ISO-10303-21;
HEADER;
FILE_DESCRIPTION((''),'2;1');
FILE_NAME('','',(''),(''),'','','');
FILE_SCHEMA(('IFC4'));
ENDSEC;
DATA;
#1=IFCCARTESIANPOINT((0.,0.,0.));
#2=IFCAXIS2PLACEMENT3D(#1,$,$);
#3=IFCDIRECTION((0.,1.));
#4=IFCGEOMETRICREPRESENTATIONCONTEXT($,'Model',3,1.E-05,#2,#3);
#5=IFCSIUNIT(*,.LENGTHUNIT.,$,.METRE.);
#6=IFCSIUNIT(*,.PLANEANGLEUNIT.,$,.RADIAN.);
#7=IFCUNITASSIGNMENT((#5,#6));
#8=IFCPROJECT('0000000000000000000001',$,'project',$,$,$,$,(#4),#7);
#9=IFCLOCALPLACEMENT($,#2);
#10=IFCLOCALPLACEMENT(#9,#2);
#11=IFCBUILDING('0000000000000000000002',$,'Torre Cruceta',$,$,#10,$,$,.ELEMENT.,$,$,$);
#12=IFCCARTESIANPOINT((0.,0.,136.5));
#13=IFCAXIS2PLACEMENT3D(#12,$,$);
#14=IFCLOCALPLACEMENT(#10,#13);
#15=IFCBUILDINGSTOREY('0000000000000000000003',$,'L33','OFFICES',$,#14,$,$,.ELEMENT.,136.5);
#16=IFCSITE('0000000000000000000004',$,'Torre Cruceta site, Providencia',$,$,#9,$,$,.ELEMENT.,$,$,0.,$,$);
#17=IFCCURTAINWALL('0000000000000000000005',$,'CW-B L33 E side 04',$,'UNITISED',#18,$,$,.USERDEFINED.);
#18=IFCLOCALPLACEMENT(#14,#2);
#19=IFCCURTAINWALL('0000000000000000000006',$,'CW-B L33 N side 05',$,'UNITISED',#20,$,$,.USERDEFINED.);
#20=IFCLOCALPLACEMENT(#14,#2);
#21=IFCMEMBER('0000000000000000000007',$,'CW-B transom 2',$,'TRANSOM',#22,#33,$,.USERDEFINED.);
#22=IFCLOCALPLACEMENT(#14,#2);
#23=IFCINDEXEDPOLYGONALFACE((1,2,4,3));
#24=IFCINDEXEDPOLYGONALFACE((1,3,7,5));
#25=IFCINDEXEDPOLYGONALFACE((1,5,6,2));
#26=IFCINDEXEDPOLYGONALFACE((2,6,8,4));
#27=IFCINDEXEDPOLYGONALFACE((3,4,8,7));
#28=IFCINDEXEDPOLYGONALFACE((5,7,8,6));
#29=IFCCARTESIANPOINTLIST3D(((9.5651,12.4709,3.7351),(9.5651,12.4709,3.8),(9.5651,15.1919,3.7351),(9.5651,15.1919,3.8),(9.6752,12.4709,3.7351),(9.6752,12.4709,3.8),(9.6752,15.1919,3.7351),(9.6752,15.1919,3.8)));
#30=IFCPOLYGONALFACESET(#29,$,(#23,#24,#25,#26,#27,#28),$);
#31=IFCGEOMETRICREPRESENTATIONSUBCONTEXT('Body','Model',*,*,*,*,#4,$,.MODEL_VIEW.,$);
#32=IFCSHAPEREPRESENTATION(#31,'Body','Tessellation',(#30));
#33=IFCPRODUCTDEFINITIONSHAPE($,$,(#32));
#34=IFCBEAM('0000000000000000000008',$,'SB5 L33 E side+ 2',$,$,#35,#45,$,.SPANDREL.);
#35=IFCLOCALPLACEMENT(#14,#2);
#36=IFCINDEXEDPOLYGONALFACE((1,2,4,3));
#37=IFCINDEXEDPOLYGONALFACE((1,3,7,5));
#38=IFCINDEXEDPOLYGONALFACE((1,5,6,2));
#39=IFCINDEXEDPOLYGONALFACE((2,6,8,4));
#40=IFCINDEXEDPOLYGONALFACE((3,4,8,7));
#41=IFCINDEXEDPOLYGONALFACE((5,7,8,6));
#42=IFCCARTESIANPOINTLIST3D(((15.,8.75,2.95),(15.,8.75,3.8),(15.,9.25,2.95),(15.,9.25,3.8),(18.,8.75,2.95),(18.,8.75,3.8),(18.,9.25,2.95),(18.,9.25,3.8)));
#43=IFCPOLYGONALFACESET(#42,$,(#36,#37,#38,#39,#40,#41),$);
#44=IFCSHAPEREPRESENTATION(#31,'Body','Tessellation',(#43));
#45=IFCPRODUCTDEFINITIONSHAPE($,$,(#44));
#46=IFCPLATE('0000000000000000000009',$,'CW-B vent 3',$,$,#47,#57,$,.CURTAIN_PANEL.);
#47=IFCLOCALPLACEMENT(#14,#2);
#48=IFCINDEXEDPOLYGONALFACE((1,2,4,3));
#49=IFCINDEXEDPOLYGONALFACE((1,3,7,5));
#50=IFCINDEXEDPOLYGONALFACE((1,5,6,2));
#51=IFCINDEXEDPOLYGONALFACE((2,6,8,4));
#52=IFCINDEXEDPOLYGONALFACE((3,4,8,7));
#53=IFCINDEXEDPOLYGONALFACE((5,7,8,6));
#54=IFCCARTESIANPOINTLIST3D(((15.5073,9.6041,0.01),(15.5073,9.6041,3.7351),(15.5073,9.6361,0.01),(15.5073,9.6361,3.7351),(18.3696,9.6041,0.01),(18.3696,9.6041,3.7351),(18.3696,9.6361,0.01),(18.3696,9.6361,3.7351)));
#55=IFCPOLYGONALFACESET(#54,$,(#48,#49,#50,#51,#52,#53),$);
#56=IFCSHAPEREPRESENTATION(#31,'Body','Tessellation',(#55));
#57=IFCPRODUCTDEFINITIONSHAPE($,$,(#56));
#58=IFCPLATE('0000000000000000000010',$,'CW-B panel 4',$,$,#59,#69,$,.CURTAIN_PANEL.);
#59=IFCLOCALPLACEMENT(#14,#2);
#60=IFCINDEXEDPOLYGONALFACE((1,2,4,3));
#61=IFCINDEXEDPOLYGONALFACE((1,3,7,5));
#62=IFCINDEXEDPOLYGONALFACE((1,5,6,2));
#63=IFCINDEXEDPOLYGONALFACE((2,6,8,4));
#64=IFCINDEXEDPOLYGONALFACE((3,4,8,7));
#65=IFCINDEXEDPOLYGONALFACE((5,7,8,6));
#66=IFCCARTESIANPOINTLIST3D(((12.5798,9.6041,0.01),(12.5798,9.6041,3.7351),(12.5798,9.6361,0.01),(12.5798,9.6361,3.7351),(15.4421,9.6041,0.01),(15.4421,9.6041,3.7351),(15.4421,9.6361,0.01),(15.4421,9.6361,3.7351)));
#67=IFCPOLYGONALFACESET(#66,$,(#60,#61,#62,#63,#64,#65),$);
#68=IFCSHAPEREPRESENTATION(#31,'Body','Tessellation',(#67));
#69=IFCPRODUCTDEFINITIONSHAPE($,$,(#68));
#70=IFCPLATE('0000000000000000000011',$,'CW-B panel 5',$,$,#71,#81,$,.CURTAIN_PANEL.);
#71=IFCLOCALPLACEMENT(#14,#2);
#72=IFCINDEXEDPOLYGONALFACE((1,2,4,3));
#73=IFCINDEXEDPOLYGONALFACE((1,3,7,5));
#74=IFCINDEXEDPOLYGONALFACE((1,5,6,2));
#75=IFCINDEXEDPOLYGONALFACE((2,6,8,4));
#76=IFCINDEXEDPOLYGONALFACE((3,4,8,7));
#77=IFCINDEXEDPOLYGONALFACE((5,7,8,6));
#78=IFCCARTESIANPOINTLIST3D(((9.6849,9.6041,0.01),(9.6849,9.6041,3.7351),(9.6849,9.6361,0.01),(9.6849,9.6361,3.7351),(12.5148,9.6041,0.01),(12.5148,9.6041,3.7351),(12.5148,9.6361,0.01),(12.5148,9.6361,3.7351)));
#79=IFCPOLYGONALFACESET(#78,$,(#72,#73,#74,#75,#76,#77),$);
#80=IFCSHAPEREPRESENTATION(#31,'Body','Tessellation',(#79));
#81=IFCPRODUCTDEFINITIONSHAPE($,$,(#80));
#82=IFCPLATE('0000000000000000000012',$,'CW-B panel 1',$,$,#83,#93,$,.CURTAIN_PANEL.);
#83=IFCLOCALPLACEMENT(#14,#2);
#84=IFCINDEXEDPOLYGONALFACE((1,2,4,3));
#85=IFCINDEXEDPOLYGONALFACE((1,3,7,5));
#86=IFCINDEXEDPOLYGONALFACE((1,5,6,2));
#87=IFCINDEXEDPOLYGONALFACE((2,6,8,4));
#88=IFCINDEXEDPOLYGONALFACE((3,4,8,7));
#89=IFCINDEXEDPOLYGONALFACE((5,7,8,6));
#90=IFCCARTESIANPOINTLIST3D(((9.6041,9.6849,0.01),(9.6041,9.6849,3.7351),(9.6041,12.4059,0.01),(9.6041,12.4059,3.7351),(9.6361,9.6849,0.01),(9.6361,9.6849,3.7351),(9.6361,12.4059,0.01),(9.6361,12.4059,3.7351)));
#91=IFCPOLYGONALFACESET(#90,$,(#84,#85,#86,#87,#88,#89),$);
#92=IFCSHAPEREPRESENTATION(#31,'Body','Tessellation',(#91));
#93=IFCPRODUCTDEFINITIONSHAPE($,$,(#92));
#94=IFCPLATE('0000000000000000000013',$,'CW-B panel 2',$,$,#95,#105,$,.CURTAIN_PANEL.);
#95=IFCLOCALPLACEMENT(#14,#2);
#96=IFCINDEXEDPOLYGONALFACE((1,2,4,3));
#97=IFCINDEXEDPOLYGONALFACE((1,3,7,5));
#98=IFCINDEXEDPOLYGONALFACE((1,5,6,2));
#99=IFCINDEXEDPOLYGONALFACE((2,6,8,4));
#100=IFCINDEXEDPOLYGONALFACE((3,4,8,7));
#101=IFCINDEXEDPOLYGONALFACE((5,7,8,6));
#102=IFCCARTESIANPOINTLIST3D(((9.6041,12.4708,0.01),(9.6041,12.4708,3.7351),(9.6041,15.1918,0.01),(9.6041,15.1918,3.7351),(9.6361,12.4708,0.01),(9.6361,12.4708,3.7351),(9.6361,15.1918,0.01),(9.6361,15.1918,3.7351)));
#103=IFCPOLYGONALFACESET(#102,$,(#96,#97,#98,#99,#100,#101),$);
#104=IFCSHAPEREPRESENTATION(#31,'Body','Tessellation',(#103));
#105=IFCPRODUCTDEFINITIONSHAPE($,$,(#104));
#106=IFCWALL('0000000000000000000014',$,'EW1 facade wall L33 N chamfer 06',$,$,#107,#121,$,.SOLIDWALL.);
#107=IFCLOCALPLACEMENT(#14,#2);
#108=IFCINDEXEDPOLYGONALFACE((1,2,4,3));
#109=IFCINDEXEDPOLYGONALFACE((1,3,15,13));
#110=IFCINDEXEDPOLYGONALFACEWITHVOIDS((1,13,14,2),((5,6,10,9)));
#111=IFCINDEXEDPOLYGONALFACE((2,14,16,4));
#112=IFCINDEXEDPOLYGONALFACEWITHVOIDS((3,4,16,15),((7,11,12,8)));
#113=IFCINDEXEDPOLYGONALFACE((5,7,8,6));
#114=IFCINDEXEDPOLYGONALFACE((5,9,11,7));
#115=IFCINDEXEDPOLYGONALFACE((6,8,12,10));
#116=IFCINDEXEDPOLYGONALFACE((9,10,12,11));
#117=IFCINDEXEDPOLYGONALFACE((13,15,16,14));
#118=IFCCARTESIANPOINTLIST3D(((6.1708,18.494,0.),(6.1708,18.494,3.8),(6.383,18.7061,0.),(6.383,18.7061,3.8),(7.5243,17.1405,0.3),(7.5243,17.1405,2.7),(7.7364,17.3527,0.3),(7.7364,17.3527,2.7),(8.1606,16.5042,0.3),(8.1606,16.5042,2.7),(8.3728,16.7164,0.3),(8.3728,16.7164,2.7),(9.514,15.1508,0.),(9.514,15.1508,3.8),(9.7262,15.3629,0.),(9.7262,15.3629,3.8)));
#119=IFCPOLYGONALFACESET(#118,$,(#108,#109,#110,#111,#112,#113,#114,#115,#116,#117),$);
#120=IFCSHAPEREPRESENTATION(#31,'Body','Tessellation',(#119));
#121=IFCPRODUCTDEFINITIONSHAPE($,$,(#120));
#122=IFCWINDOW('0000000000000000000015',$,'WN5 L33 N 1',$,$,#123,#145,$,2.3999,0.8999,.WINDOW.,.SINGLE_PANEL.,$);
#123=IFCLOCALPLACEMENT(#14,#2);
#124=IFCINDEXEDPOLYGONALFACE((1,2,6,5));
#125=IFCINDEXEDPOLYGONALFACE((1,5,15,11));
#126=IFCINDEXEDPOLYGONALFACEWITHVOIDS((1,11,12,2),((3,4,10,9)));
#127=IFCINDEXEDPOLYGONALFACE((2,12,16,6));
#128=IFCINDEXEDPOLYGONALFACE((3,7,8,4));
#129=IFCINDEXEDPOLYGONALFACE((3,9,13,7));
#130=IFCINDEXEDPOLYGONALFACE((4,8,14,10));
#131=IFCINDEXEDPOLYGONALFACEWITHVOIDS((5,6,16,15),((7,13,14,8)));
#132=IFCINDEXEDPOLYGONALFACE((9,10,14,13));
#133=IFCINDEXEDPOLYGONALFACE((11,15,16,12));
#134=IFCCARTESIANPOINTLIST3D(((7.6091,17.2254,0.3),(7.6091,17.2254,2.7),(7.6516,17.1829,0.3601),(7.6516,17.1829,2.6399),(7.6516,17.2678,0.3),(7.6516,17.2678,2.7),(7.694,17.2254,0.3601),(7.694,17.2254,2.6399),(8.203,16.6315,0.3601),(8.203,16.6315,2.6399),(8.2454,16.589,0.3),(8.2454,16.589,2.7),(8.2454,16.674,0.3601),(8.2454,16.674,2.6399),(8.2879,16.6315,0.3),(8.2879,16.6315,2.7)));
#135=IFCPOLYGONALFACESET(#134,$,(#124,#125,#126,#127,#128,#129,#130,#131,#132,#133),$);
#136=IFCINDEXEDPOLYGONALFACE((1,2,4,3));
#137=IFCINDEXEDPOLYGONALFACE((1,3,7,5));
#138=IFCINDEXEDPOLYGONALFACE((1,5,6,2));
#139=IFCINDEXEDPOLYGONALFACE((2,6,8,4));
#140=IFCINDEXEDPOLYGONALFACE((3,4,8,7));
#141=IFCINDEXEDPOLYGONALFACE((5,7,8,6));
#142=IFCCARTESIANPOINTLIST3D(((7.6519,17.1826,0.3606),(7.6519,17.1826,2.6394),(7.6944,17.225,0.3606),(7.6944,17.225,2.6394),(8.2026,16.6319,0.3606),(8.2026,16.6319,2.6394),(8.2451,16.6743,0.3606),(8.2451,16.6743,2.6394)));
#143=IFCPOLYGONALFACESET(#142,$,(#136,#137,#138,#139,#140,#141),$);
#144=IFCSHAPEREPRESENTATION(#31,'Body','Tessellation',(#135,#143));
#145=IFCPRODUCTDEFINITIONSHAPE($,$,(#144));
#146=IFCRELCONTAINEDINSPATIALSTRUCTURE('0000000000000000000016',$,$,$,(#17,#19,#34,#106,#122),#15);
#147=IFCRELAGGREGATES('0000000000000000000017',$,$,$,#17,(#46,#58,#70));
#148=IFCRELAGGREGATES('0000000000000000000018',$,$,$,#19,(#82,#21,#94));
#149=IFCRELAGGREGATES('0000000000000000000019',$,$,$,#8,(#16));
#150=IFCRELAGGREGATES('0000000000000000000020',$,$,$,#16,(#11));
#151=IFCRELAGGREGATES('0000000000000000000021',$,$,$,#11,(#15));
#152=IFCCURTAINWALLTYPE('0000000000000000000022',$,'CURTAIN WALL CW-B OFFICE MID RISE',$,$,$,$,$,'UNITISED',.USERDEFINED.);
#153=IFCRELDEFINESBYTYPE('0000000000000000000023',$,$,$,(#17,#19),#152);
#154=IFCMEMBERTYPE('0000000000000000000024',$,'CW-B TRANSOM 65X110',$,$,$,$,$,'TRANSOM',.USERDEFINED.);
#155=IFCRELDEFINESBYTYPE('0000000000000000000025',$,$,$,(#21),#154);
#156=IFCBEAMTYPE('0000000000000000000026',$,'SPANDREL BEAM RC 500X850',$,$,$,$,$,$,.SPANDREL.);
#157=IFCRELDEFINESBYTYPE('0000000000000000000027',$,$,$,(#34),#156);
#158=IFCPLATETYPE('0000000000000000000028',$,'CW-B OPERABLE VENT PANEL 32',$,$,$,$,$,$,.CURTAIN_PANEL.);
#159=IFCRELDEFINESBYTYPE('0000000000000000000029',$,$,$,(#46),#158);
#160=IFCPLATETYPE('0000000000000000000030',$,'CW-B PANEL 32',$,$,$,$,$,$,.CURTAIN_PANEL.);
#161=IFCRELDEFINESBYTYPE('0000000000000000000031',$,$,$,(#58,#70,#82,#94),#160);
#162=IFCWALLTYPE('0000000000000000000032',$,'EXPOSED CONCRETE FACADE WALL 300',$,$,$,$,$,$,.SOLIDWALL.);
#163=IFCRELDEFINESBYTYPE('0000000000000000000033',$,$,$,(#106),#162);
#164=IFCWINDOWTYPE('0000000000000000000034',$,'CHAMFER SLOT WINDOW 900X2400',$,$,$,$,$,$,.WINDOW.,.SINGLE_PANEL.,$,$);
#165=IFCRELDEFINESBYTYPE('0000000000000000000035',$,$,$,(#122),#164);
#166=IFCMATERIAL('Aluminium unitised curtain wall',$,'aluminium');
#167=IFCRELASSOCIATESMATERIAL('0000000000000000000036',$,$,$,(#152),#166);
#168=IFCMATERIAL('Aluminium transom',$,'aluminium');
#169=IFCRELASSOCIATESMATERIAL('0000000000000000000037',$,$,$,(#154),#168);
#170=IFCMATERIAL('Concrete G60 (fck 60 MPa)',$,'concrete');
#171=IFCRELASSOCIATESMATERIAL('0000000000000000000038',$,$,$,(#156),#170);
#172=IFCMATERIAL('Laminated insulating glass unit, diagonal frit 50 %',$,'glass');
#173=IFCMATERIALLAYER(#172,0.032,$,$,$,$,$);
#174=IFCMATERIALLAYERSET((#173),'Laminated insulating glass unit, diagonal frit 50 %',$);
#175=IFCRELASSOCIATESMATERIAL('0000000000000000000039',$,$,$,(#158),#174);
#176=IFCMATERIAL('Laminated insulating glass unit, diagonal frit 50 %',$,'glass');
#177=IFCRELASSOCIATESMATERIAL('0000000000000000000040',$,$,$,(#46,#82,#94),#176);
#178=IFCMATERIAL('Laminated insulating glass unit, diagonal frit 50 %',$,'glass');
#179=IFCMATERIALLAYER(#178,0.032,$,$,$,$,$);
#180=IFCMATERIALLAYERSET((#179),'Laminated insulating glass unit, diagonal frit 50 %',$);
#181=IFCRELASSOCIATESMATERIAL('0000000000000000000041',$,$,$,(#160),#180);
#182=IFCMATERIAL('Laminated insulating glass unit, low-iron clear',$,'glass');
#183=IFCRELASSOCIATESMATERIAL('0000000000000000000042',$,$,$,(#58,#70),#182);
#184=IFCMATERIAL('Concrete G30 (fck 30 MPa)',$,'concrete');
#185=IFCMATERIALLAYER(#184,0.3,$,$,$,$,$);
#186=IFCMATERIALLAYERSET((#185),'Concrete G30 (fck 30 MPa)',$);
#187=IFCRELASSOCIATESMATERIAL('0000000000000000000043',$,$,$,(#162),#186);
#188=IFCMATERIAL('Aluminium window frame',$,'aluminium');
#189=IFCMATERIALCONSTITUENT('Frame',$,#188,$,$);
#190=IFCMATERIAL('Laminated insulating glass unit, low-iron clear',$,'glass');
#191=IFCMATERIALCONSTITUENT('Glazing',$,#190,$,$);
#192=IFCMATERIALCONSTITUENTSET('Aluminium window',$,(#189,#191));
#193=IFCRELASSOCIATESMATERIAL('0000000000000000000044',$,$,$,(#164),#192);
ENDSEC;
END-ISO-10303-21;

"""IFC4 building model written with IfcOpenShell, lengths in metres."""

from ifc_helpers import new_model, si_unit, direction, frame, frame_2d, origin, origin_2d, place, context, subcontext, project, spatial, rectangle, hollow_rectangle, extrude, material, layer, layer_set, constituent, constituent_set, material_profile, profile_set, type_object, element, fill, aggregate, save


model = new_model("IFC4")

# Units and contexts
model_context = context("Model", 3, precision=1e-05, world=origin(), true_north=direction((0.0, 1.0)))
body_context = subcontext(model_context, "Body", "Model", "MODEL_VIEW")
ifc_project = project(units=[si_unit("LENGTHUNIT", "METRE"), si_unit("PLANEANGLEUNIT", "RADIAN")], contexts=[model_context])

# Site, building, storey
site_placement = place(None, origin())
site = spatial("IfcSite", under=ifc_project, at=site_placement, Name="Torre Cruceta site, Providencia", CompositionType="ELEMENT", RefElevation=0.0)
building_placement = place(site_placement, origin())
building = spatial("IfcBuilding", under=site, at=building_placement, Name="Torre Cruceta", CompositionType="ELEMENT")
storey_placement = place(building_placement, frame((0.0, 0.0, 136.5)))
storey = spatial("IfcBuildingStorey", under=building, at=storey_placement, Name="L33", Description="OFFICES", CompositionType="ELEMENT", Elevation=136.5)

# Curtain walls
ifc_material_1 = material(Name="Aluminium unitised curtain wall", Category="aluminium")
curtain_wall_type = type_object("IfcCurtainWallType", Name="CURTAIN WALL CW-B OFFICE MID RISE", ElementType="UNITISED", PredefinedType="USERDEFINED", material=ifc_material_1)
curtain_wall_1_placement = place(storey_placement, origin())
curtain_wall_1 = element("IfcCurtainWall", 1, at=curtain_wall_1_placement, inside=storey, type_object=curtain_wall_type, Name="CW-B L33 E side 04", ObjectType="UNITISED", PredefinedType="USERDEFINED")
curtain_wall_2_placement = place(storey_placement, origin())
curtain_wall_2 = element("IfcCurtainWall", 2, at=curtain_wall_2_placement, inside=storey, type_object=curtain_wall_type, Name="CW-B L33 N side 05", ObjectType="UNITISED", PredefinedType="USERDEFINED")

# Member
ifc_material_2 = material(Name="Aluminium transom", Category="aluminium")
ifc_material_profile_1 = material_profile(ifc_material_2, rectangle(XDim=0.1101, YDim=0.0649, at=origin_2d()), Name="AL 110X65")
ifc_profile_set_1 = profile_set([ifc_material_profile_1], Name="Aluminium transom")
member_type_1 = type_object("IfcMemberType", Name="CW-B TRANSOM 65X110", ElementType="TRANSOM", PredefinedType="USERDEFINED", material=ifc_profile_set_1)
member_1_placement = place(storey_placement, frame((9.6201, 12.4709, 3.7676), z_axis=(0.0, 1.0, 0.0), x_axis=(-1.0, 0.0, 0.0)))
member_1 = element("IfcMember", 3, at=member_1_placement, type_object=member_type_1, Name="CW-B transom 2", ObjectType="TRANSOM", PredefinedType="USERDEFINED", context=body_context, shape_type="SweptSolid", body=[
    extrude(rectangle(XDim=0.1101, YDim=0.0649, at=origin_2d()), origin(), (0.0, 0.0, 1.0), 2.7209),
])

# Beam
ifc_material_3 = material(Name="Concrete G60 (fck 60 MPa)", Category="concrete")
ifc_material_profile_2 = material_profile(ifc_material_3, rectangle(XDim=0.5, YDim=0.8501, at=origin_2d()), Name="RC 500X850")
ifc_profile_set_2 = profile_set([ifc_material_profile_2], Name="Concrete G60 (fck 60 MPa)")
beam_type_1 = type_object("IfcBeamType", Name="SPANDREL BEAM RC 500X850", PredefinedType="SPANDREL", material=ifc_profile_set_2)
beam_1_placement = place(storey_placement, frame((15.0, 9.0, 3.375), z_axis=(1.0, 0.0, 0.0), x_axis=(0.0, 1.0, 0.0)))
element("IfcBeam", 4, at=beam_1_placement, inside=storey, type_object=beam_type_1, Name="SB5 L33 E side+ 2", PredefinedType="SPANDREL", context=body_context, shape_type="SweptSolid", body=[
    extrude(rectangle(XDim=0.5, YDim=0.8501, at=origin_2d()), origin(), (0.0, 0.0, 1.0), 3.0),
])

# Plates
ifc_material_4 = material(Name="Laminated insulating glass unit, diagonal frit 50 %", Category="glass")
ifc_material_5 = material(Name="Laminated insulating glass unit, diagonal frit 50 %", Category="glass")
ifc_layer_1 = layer(ifc_material_5, 0.032)
ifc_layer_set_1 = layer_set([ifc_layer_1], Name="Laminated insulating glass unit, diagonal frit 50 %")
plate_type_1 = type_object("IfcPlateType", Name="CW-B OPERABLE VENT PANEL 32", PredefinedType="CURTAIN_PANEL", material=ifc_layer_set_1)
plate_1_placement = place(storey_placement, frame((16.9385, 9.6201, 0.01), z_axis=(0.0, 0.0, 1.0), x_axis=(-1.0, 0.0, 0.0)))
plate_1 = element("IfcPlate", 5, at=plate_1_placement, type_object=plate_type_1, material=ifc_material_4, Name="CW-B vent 3", PredefinedType="CURTAIN_PANEL", context=body_context, shape_type="SweptSolid", body=[
    extrude(rectangle(XDim=2.8623, YDim=0.032, at=origin_2d()), origin(), (0.0, 0.0, 1.0), 3.7251),
])
ifc_material_6 = material(Name="Laminated insulating glass unit, low-iron clear", Category="glass")
ifc_material_7 = material(Name="Laminated insulating glass unit, diagonal frit 50 %", Category="glass")
ifc_layer_2 = layer(ifc_material_7, 0.032)
ifc_layer_set_2 = layer_set([ifc_layer_2], Name="Laminated insulating glass unit, diagonal frit 50 %")
plate_type_2 = type_object("IfcPlateType", Name="CW-B PANEL 32", PredefinedType="CURTAIN_PANEL", material=ifc_layer_set_2)
plate_2_placement = place(storey_placement, frame((14.011, 9.6201, 0.01), z_axis=(0.0, 0.0, 1.0), x_axis=(-1.0, 0.0, 0.0)))
plate_2 = element("IfcPlate", 6, at=plate_2_placement, type_object=plate_type_2, material=ifc_material_6, Name="CW-B panel 4", PredefinedType="CURTAIN_PANEL", context=body_context, shape_type="SweptSolid", body=[
    extrude(rectangle(XDim=2.8623, YDim=0.032, at=origin_2d()), origin(), (0.0, 0.0, 1.0), 3.7251),
])
plate_3_placement = place(storey_placement, frame((11.0999, 9.6201, 0.01), z_axis=(0.0, 0.0, 1.0), x_axis=(-1.0, 0.0, 0.0)))
plate_3 = element("IfcPlate", 7, at=plate_3_placement, type_object=plate_type_2, material=ifc_material_6, Name="CW-B panel 5", PredefinedType="CURTAIN_PANEL", context=body_context, shape_type="SweptSolid", body=[
    extrude(rectangle(XDim=2.8298, YDim=0.032, at=origin_2d()), origin(), (0.0, 0.0, 1.0), 3.7251),
])
aggregate(curtain_wall_1, [plate_1, plate_2, plate_3])
plate_4_placement = place(storey_placement, frame((9.6201, 11.0454, 0.01), z_axis=(0.0, 0.0, 1.0), x_axis=(0.0, 1.0, 0.0)))
plate_4 = element("IfcPlate", 8, at=plate_4_placement, type_object=plate_type_2, material=ifc_material_4, Name="CW-B panel 1", PredefinedType="CURTAIN_PANEL", context=body_context, shape_type="SweptSolid", body=[
    extrude(rectangle(XDim=2.7209, YDim=0.032, at=origin_2d()), origin(), (0.0, 0.0, 1.0), 3.7251),
])
plate_5_placement = place(storey_placement, frame((9.6201, 13.8313, 0.01), z_axis=(0.0, 0.0, 1.0), x_axis=(0.0, 1.0, 0.0)))
plate_5 = element("IfcPlate", 9, at=plate_5_placement, type_object=plate_type_2, material=ifc_material_4, Name="CW-B panel 2", PredefinedType="CURTAIN_PANEL", context=body_context, shape_type="SweptSolid", body=[
    extrude(rectangle(XDim=2.7209, YDim=0.032, at=origin_2d()), origin(), (0.0, 0.0, 1.0), 3.7251),
])
aggregate(curtain_wall_2, [plate_4, member_1, plate_5])

# Wall, opening, window
ifc_material_8 = material(Name="Concrete G30 (fck 30 MPa)", Category="concrete")
ifc_layer_3 = layer(ifc_material_8, 0.3)
ifc_layer_set_3 = layer_set([ifc_layer_3], Name="Concrete G30 (fck 30 MPa)")
wall_type_1 = type_object("IfcWallType", Name="EXPOSED CONCRETE FACADE WALL 300", PredefinedType="SOLIDWALL", material=ifc_layer_set_3)
wall_1_placement = place(storey_placement, frame((9.6201, 15.2568, 0.0), z_axis=(0.0, 0.0, 1.0), x_axis=(-0.707107, 0.707107, 0.0)))
wall_1 = element("IfcWall", 10, at=wall_1_placement, inside=storey, type_object=wall_type_1, Name="EW1 facade wall L33 N chamfer 06", PredefinedType="SOLIDWALL", context=body_context, shape_type="SweptSolid", body=[
    extrude(rectangle(XDim=4.728, YDim=0.3, at=frame_2d((2.364, 0.0))), origin(), (0.0, 0.0, 1.0), 3.8),
])
opening_1_placement = place(wall_1_placement, frame((1.9141, 0.0, 0.3)))
opening_1 = element("IfcOpeningElement", 11, at=opening_1_placement, cuts=wall_1, PredefinedType="OPENING", context=body_context, shape_type="SweptSolid", body=[
    extrude(rectangle(XDim=0.8999, YDim=2.3999, at=frame_2d((0.45, 1.2))), frame((0.0, 0.1599, 0.0), z_axis=(0.0, -1.0, 0.0), x_axis=(1.0, 0.0, 0.0)), (0.0, 0.0, 1.0), 0.3201),
])
ifc_material_9 = material(Name="Aluminium window frame", Category="aluminium")
ifc_constituent_1 = constituent(ifc_material_9, Name="Frame")
ifc_material_10 = material(Name="Laminated insulating glass unit, low-iron clear", Category="glass")
ifc_constituent_2 = constituent(ifc_material_10, Name="Glazing")
ifc_constituent_set_1 = constituent_set(constituents=[ifc_constituent_1, ifc_constituent_2], Name="Aluminium window")
window_type = type_object("IfcWindowType", Name="CHAMFER SLOT WINDOW 900X2400", PartitioningType="SINGLE_PANEL", PredefinedType="WINDOW", material=ifc_constituent_set_1)
window_placement = place(opening_1_placement, origin())
window = element("IfcWindow", 12, at=window_placement, inside=storey, type_object=window_type, Name="WN5 L33 N 1", OverallHeight=2.3999, OverallWidth=0.8999, PartitioningType="SINGLE_PANEL", PredefinedType="WINDOW", context=body_context, shape_type="SweptSolid", body=[
    extrude(hollow_rectangle(XDim=0.8999, YDim=2.3999, WallThickness=0.0601, at=frame_2d((0.45, 1.2))), frame((0.0, 0.03, 0.0), z_axis=(0.0, -1.0, 0.0), x_axis=(1.0, 0.0, 0.0)), (0.0, 0.0, 1.0), 0.0601),
    extrude(rectangle(XDim=0.7788, YDim=2.2788, at=frame_2d((0.45, 1.2))), frame((0.0, 0.03, 0.0), z_axis=(0.0, -1.0, 0.0), x_axis=(1.0, 0.0, 0.0)), (0.0, 0.0, 1.0), 0.0601),
])
fill(opening_1, window)

save(model, "model.ifc")
